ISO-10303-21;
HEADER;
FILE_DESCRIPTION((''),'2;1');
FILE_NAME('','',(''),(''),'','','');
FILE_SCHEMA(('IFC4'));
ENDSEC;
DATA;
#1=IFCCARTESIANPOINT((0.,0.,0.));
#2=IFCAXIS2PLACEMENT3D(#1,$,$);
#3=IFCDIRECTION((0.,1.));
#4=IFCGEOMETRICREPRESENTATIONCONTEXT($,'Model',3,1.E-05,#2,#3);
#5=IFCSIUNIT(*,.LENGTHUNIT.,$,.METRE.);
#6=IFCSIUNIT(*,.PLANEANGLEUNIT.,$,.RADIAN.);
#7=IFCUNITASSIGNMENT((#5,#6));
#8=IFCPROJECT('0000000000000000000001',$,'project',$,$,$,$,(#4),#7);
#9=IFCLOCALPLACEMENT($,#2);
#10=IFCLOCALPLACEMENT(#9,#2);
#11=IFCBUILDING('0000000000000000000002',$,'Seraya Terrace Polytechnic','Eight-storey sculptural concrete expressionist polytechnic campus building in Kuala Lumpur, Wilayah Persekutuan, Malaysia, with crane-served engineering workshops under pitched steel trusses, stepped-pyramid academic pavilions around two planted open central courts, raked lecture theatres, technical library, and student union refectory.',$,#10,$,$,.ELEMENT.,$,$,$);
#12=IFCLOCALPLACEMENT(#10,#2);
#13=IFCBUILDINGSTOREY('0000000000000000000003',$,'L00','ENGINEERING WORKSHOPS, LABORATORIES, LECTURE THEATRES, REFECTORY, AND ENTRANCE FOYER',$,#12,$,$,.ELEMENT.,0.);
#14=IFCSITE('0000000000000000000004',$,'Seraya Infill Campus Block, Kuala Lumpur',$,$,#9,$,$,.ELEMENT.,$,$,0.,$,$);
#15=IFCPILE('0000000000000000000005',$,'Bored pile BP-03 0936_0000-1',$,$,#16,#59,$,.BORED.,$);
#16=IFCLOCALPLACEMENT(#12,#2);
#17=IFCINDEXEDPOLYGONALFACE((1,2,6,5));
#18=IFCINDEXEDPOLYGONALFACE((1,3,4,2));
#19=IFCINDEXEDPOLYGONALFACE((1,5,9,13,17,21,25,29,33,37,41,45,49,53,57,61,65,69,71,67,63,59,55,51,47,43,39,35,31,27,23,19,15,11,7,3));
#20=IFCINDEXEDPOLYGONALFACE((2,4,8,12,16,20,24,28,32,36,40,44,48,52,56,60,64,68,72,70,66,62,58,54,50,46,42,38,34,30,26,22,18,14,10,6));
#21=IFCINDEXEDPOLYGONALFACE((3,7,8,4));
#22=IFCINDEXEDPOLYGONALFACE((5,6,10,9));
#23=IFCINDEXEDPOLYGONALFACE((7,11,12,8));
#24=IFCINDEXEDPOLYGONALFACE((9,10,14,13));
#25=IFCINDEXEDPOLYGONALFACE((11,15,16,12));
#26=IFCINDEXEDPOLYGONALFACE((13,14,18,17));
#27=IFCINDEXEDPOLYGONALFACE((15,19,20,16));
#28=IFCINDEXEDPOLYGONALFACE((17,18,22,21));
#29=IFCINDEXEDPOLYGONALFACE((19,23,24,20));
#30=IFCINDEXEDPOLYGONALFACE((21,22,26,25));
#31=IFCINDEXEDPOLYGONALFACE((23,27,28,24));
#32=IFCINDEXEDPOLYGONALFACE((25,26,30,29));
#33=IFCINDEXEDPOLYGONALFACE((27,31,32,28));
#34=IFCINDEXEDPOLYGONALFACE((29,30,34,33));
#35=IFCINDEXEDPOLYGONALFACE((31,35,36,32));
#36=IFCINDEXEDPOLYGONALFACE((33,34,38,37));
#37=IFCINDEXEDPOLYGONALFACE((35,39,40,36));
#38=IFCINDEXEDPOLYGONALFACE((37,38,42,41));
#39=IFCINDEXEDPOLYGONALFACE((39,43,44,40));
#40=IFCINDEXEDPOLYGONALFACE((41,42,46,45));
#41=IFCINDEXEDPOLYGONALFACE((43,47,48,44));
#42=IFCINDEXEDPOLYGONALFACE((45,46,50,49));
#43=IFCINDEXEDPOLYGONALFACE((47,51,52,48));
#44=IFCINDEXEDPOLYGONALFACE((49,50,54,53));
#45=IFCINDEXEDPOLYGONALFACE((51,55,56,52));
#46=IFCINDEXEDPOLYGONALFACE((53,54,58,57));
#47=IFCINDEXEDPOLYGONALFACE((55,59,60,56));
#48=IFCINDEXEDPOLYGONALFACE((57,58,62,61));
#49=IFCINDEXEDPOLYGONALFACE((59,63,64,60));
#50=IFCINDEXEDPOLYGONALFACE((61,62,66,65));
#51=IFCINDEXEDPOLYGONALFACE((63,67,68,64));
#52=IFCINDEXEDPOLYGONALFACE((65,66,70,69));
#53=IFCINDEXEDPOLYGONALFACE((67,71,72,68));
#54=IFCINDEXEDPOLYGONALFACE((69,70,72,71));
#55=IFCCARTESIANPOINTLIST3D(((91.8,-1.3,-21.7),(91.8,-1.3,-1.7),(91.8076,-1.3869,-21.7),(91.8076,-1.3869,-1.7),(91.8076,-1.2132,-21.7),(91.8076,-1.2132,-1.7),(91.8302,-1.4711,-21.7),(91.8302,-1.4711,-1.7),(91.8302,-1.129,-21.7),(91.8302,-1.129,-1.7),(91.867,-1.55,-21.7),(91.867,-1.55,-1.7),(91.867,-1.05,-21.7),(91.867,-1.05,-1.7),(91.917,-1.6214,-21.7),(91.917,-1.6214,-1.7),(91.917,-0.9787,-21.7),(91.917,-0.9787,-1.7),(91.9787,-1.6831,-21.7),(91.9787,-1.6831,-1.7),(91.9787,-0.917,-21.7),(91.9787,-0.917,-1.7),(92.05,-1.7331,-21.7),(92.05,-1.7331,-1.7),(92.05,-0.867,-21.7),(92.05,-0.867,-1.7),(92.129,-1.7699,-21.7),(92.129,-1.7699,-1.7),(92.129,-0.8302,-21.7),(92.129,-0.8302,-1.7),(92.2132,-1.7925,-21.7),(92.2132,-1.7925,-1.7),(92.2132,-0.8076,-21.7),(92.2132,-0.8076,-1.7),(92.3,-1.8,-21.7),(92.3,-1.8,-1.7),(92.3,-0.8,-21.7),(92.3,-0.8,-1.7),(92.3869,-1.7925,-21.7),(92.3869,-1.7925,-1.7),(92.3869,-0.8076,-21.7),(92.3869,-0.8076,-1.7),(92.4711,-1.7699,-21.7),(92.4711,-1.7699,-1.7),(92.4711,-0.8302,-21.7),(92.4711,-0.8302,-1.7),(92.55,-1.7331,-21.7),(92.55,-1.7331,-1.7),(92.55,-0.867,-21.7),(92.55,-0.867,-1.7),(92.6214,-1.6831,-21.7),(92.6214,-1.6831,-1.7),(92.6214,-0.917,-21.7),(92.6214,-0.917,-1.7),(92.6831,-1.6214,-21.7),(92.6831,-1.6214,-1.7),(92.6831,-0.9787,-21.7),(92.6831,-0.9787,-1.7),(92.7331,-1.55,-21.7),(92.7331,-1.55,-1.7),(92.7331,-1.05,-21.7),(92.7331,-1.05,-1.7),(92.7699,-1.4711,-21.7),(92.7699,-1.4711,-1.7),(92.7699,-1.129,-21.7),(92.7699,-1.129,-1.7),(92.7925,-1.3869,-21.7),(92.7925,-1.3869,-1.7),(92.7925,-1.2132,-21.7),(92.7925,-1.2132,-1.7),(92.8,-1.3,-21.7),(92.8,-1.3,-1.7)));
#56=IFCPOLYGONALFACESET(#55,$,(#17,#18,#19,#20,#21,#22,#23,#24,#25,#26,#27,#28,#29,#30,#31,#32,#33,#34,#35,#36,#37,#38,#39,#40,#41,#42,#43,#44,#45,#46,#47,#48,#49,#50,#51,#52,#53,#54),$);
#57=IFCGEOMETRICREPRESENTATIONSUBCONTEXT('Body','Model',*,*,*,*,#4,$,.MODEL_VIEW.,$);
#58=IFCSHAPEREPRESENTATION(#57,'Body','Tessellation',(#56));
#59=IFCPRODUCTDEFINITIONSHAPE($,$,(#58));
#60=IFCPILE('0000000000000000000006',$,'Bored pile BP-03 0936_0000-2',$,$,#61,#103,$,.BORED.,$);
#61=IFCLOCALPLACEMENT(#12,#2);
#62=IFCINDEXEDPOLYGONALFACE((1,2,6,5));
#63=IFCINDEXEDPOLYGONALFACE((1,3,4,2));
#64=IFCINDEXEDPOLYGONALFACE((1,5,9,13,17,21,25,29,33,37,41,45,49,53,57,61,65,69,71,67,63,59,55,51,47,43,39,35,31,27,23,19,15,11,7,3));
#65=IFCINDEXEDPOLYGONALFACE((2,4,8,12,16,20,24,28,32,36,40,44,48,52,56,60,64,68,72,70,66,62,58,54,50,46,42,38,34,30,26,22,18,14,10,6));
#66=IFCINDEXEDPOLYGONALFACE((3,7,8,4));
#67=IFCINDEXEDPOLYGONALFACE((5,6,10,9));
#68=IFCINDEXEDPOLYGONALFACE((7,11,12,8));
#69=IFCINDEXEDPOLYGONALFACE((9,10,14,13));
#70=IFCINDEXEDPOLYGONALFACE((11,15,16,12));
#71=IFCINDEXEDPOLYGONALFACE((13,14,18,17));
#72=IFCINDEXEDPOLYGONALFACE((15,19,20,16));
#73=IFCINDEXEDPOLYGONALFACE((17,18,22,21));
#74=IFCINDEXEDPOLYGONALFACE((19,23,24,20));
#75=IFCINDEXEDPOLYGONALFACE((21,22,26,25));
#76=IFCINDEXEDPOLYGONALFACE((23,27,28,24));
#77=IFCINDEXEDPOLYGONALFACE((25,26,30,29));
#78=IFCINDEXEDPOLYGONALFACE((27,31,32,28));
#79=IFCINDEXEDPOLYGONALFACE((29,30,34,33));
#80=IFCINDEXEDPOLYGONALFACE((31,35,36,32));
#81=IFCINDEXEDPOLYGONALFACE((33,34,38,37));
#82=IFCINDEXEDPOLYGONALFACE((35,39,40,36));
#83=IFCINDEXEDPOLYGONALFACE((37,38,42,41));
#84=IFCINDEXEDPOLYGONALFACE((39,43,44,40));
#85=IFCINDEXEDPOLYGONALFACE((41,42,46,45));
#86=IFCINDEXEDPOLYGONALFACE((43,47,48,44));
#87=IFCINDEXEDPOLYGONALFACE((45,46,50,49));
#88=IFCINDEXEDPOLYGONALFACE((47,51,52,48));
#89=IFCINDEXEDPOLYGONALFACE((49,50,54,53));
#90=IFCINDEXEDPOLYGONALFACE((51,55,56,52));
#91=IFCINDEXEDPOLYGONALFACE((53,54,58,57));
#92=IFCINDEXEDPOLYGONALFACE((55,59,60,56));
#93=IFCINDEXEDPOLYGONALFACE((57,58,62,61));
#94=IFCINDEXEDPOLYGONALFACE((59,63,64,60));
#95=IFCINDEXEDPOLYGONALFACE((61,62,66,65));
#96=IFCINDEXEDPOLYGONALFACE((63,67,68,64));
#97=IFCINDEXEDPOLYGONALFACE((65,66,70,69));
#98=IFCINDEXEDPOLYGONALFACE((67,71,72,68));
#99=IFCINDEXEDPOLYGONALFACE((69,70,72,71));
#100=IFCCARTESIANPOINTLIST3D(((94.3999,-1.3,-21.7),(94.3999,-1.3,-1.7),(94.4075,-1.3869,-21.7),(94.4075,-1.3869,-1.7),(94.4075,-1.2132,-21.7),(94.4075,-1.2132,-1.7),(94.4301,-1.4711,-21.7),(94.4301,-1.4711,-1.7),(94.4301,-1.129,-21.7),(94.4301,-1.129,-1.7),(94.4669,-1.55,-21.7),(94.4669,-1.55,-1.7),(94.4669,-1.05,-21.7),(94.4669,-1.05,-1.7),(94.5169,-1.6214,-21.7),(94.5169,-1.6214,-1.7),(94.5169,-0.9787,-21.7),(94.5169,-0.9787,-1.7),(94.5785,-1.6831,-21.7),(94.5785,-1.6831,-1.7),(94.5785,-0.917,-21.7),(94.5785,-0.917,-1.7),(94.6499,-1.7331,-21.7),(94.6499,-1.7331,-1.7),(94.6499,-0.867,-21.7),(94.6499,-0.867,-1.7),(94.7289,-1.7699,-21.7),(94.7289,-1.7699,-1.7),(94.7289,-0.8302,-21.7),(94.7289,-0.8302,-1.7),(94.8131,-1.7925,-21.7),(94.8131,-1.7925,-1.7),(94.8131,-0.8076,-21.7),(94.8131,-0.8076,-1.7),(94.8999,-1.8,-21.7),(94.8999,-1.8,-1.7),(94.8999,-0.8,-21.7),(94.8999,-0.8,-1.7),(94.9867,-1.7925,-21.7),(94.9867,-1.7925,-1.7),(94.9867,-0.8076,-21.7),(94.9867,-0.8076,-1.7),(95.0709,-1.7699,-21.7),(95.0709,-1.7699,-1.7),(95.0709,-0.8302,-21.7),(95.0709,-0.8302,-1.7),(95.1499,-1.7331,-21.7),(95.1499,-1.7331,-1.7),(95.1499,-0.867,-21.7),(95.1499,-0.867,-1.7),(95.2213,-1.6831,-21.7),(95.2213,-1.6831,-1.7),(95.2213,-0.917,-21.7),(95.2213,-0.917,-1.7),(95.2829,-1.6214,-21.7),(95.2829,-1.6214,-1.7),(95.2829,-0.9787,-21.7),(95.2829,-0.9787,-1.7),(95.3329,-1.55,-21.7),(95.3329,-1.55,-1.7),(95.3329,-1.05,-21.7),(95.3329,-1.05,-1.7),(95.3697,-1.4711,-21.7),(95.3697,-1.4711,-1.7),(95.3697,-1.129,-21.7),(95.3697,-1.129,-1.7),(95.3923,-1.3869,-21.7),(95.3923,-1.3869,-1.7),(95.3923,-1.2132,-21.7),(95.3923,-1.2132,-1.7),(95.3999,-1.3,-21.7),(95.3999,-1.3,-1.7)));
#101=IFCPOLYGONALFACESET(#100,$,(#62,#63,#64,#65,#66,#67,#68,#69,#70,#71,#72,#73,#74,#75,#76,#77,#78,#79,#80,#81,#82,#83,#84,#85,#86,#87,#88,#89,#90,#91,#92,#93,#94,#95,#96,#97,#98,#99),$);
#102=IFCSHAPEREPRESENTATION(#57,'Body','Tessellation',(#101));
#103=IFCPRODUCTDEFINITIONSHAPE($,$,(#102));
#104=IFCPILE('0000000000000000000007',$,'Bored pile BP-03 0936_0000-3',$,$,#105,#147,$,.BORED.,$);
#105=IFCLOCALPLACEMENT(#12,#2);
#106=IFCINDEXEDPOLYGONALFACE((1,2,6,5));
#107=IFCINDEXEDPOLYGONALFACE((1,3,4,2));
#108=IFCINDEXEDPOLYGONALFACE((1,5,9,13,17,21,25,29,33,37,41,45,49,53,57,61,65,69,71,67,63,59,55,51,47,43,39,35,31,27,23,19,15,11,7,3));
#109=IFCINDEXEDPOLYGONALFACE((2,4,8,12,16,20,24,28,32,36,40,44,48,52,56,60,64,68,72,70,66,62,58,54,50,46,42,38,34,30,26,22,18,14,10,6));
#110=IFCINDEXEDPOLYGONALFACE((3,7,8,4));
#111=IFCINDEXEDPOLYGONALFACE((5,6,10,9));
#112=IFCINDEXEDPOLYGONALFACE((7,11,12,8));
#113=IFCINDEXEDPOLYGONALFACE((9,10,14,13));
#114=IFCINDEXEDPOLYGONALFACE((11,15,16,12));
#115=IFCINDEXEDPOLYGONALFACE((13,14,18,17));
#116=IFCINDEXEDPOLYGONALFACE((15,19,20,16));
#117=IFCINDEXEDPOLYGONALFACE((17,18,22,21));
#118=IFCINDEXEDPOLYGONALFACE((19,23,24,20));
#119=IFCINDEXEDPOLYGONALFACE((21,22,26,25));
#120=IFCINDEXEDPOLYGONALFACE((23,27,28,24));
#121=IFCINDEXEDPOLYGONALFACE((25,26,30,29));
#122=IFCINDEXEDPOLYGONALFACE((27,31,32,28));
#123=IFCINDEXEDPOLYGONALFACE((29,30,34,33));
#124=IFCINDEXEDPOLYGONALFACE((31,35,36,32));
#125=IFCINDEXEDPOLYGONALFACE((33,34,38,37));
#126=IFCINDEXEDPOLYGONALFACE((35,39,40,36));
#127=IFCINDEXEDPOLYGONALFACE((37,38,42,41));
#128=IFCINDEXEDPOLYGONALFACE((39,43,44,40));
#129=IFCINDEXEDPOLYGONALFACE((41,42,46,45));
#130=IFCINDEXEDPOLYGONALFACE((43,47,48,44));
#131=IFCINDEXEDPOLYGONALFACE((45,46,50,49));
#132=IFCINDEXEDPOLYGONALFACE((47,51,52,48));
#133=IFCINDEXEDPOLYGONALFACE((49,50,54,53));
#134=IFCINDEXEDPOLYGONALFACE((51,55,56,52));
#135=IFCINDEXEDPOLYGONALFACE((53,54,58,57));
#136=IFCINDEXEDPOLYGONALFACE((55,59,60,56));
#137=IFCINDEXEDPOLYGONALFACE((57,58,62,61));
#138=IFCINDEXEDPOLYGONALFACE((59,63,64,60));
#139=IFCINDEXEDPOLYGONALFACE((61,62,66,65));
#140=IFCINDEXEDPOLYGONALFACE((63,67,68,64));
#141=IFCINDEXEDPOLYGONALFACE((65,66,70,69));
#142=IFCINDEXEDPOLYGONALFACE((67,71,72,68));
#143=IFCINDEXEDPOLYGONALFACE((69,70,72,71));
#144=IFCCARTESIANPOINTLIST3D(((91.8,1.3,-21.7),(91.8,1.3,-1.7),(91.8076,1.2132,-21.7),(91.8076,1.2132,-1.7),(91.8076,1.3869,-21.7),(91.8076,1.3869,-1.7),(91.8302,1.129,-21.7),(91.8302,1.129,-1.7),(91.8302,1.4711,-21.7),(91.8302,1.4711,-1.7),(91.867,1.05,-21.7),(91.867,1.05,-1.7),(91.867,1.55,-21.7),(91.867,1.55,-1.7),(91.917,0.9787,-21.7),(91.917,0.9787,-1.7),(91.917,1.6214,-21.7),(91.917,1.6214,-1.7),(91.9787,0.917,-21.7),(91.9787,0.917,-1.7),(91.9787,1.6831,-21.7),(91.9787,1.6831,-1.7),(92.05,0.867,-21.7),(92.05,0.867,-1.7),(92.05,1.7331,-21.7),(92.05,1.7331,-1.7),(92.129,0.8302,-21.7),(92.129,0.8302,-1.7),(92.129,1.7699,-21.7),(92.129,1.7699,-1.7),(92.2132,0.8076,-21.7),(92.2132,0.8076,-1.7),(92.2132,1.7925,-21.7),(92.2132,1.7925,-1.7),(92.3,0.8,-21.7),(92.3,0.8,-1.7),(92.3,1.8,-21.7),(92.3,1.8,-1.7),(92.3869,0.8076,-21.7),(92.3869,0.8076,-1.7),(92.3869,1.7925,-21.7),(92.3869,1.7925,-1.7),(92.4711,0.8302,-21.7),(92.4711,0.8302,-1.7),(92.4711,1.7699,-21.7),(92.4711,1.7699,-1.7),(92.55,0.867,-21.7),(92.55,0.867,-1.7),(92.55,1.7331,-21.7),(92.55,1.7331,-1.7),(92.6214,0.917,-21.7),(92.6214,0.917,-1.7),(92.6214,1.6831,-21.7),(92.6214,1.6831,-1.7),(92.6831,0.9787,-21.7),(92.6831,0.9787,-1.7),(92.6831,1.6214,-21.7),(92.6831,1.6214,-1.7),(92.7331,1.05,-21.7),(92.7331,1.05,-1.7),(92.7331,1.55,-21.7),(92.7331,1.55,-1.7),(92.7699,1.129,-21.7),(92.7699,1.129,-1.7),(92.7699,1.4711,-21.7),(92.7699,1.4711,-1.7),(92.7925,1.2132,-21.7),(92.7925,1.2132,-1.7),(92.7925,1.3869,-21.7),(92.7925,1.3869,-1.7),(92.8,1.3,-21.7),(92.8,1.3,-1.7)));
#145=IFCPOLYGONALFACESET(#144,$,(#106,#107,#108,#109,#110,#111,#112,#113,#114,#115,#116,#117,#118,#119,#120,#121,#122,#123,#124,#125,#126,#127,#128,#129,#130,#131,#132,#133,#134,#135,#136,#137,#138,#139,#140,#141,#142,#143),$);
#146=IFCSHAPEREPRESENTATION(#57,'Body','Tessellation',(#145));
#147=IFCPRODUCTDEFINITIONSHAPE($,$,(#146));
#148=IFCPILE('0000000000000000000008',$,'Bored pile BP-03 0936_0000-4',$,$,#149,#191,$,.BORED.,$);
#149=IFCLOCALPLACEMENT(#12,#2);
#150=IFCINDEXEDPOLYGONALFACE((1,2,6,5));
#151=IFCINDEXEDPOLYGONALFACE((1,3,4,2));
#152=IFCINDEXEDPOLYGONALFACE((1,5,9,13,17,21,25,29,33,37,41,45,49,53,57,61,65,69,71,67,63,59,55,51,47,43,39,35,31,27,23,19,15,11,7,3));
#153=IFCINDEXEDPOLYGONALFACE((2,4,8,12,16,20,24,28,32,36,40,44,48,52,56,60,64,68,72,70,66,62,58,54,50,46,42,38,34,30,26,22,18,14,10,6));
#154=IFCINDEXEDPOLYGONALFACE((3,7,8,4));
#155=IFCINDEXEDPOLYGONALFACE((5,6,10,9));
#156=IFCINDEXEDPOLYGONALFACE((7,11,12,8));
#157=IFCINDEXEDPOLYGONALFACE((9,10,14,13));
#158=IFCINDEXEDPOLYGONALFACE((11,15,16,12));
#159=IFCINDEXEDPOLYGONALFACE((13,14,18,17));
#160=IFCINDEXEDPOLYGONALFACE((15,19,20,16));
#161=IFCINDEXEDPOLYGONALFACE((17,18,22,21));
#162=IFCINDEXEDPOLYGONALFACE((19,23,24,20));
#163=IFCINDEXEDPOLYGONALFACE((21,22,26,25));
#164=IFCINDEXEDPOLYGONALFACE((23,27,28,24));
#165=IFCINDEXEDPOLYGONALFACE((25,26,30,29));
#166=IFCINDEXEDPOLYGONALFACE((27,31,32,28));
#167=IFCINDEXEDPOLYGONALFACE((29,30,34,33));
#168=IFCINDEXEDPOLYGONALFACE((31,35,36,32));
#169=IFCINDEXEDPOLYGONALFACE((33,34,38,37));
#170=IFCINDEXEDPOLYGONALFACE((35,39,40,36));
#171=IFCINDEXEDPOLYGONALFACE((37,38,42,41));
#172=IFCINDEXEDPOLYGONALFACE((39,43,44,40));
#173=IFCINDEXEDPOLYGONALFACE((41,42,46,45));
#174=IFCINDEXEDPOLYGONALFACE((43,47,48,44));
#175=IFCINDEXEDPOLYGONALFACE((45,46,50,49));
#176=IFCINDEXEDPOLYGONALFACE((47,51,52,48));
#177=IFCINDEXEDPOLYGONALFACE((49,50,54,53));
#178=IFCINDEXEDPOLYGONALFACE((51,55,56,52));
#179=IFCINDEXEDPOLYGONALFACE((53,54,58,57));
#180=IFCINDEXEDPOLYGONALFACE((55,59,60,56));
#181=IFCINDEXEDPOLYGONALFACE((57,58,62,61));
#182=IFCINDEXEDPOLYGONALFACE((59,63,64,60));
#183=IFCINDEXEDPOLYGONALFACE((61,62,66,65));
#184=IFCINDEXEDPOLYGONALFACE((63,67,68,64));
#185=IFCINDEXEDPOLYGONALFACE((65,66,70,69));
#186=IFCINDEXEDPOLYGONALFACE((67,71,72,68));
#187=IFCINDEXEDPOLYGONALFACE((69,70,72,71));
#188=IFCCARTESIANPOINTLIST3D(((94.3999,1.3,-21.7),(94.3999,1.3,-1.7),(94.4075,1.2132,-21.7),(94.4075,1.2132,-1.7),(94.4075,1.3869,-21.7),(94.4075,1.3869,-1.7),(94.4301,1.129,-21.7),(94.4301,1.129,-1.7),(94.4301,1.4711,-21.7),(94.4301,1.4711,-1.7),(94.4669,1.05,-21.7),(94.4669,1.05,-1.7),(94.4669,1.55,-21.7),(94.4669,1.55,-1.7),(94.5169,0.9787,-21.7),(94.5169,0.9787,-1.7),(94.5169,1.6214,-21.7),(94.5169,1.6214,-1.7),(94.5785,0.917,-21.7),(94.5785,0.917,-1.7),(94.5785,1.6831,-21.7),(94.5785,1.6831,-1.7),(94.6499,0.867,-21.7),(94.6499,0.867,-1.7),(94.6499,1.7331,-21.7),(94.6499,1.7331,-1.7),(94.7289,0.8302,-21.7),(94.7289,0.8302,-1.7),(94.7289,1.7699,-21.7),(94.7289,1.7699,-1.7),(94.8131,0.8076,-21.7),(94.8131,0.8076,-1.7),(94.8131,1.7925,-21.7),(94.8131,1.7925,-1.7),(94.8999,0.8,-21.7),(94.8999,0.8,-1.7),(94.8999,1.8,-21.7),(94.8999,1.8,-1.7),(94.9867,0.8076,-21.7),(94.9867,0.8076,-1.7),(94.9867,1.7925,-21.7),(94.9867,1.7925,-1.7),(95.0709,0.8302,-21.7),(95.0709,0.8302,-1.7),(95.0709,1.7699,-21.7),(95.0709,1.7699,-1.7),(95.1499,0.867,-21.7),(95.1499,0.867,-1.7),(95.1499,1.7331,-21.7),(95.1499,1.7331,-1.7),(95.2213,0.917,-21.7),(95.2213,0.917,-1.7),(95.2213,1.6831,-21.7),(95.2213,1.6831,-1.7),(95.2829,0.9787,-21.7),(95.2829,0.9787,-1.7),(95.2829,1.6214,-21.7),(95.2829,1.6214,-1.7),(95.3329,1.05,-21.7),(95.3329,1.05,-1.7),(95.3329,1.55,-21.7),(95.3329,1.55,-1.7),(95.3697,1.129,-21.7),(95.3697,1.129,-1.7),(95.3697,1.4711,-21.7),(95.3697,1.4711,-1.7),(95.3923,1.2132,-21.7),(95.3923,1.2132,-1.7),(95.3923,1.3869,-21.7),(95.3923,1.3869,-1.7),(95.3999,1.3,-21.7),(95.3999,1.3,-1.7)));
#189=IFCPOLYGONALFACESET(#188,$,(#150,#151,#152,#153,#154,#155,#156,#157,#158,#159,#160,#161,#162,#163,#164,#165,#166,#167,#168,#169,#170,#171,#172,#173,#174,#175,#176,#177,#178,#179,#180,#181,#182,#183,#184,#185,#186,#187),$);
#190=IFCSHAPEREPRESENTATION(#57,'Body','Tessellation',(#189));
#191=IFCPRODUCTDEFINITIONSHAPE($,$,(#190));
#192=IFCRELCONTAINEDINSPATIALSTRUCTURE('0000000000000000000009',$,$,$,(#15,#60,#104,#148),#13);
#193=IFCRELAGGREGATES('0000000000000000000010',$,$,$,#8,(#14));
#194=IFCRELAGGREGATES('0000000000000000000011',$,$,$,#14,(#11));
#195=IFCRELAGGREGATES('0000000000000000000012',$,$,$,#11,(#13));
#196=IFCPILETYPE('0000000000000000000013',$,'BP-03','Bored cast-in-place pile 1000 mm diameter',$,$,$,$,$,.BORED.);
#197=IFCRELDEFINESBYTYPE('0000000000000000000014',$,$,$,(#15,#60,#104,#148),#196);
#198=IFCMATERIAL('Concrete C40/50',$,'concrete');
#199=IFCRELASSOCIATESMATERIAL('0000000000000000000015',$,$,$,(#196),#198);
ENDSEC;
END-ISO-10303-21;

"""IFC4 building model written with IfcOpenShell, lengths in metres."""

from ifc_helpers import new_model, si_unit, direction, frame, origin, origin_2d, place, context, subcontext, project, spatial, circle, extrude, material, material_profile, profile_set, type_object, element, save


model = new_model("IFC4")

# Units and contexts
model_context = context("Model", 3, precision=1e-05, world=origin(), true_north=direction((0.0, 1.0)))
body_context = subcontext(model_context, "Body", "Model", "MODEL_VIEW")
ifc_project = project(units=[si_unit("LENGTHUNIT", "METRE"), si_unit("PLANEANGLEUNIT", "RADIAN")], contexts=[model_context])

# Site, building, storey
site_placement = place(None, origin())
site = spatial("IfcSite", under=ifc_project, at=site_placement, Name="Seraya Infill Campus Block, Kuala Lumpur", CompositionType="ELEMENT", RefElevation=0.0)
building_placement = place(site_placement, origin())
building = spatial("IfcBuilding", under=site, at=building_placement, Name="Seraya Terrace Polytechnic", Description="Eight-storey sculptural concrete expressionist polytechnic campus building in Kuala Lumpur, Wilayah Persekutuan, Malaysia, with crane-served engineering workshops under pitched steel trusses, stepped-pyramid academic pavilions around two planted open central courts, raked lecture theatres, technical library, and student union refectory.", CompositionType="ELEMENT")
storey_placement = place(building_placement, origin())
storey = spatial("IfcBuildingStorey", under=building, at=storey_placement, Name="L00", Description="ENGINEERING WORKSHOPS, LABORATORIES, LECTURE THEATRES, REFECTORY, AND ENTRANCE FOYER", CompositionType="ELEMENT", Elevation=0.0)

# Piles
ifc_material_1 = material(Name="Concrete C40/50", Category="concrete")
ifc_material_profile_1 = material_profile(ifc_material_1, circle(Radius=0.5, at=origin_2d()), Name="DIA 1000")
ifc_profile_set_1 = profile_set([ifc_material_profile_1], Name="Concrete C40/50")
pile_type_1 = type_object("IfcPileType", Name="BP-03", Description="Bored cast-in-place pile 1000 mm diameter", PredefinedType="BORED", material=ifc_profile_set_1)
for number, where, z_axis, x_axis, name in (
    (1, (92.3, -1.3, -1.7), (0.0, 0.0, -1.0), (1.0, 0.0, 0.0), "Bored pile BP-03 0936_0000-1"),
    (2, (94.8999, -1.3, -1.7), (0.0, 0.0, -1.0), (1.0, 0.0, 0.0), "Bored pile BP-03 0936_0000-2"),
    (3, (92.3, 1.3, -1.7), (0.0, 0.0, -1.0), (1.0, 0.0, 0.0), "Bored pile BP-03 0936_0000-3"),
    (4, (94.8999, 1.3, -1.7), (0.0, 0.0, -1.0), (1.0, 0.0, 0.0), "Bored pile BP-03 0936_0000-4"),
):
    element("IfcPile", number, at=place(storey_placement, frame(where, z_axis=z_axis, x_axis=x_axis)), inside=storey, type_object=pile_type_1, Name=name, PredefinedType="BORED", context=body_context, shape_type="SweptSolid", body=[
        extrude(circle(Radius=0.5, at=origin_2d()), origin(), (0.0, 0.0, 1.0), 20.0),
    ])

save(model, "model.ifc")
